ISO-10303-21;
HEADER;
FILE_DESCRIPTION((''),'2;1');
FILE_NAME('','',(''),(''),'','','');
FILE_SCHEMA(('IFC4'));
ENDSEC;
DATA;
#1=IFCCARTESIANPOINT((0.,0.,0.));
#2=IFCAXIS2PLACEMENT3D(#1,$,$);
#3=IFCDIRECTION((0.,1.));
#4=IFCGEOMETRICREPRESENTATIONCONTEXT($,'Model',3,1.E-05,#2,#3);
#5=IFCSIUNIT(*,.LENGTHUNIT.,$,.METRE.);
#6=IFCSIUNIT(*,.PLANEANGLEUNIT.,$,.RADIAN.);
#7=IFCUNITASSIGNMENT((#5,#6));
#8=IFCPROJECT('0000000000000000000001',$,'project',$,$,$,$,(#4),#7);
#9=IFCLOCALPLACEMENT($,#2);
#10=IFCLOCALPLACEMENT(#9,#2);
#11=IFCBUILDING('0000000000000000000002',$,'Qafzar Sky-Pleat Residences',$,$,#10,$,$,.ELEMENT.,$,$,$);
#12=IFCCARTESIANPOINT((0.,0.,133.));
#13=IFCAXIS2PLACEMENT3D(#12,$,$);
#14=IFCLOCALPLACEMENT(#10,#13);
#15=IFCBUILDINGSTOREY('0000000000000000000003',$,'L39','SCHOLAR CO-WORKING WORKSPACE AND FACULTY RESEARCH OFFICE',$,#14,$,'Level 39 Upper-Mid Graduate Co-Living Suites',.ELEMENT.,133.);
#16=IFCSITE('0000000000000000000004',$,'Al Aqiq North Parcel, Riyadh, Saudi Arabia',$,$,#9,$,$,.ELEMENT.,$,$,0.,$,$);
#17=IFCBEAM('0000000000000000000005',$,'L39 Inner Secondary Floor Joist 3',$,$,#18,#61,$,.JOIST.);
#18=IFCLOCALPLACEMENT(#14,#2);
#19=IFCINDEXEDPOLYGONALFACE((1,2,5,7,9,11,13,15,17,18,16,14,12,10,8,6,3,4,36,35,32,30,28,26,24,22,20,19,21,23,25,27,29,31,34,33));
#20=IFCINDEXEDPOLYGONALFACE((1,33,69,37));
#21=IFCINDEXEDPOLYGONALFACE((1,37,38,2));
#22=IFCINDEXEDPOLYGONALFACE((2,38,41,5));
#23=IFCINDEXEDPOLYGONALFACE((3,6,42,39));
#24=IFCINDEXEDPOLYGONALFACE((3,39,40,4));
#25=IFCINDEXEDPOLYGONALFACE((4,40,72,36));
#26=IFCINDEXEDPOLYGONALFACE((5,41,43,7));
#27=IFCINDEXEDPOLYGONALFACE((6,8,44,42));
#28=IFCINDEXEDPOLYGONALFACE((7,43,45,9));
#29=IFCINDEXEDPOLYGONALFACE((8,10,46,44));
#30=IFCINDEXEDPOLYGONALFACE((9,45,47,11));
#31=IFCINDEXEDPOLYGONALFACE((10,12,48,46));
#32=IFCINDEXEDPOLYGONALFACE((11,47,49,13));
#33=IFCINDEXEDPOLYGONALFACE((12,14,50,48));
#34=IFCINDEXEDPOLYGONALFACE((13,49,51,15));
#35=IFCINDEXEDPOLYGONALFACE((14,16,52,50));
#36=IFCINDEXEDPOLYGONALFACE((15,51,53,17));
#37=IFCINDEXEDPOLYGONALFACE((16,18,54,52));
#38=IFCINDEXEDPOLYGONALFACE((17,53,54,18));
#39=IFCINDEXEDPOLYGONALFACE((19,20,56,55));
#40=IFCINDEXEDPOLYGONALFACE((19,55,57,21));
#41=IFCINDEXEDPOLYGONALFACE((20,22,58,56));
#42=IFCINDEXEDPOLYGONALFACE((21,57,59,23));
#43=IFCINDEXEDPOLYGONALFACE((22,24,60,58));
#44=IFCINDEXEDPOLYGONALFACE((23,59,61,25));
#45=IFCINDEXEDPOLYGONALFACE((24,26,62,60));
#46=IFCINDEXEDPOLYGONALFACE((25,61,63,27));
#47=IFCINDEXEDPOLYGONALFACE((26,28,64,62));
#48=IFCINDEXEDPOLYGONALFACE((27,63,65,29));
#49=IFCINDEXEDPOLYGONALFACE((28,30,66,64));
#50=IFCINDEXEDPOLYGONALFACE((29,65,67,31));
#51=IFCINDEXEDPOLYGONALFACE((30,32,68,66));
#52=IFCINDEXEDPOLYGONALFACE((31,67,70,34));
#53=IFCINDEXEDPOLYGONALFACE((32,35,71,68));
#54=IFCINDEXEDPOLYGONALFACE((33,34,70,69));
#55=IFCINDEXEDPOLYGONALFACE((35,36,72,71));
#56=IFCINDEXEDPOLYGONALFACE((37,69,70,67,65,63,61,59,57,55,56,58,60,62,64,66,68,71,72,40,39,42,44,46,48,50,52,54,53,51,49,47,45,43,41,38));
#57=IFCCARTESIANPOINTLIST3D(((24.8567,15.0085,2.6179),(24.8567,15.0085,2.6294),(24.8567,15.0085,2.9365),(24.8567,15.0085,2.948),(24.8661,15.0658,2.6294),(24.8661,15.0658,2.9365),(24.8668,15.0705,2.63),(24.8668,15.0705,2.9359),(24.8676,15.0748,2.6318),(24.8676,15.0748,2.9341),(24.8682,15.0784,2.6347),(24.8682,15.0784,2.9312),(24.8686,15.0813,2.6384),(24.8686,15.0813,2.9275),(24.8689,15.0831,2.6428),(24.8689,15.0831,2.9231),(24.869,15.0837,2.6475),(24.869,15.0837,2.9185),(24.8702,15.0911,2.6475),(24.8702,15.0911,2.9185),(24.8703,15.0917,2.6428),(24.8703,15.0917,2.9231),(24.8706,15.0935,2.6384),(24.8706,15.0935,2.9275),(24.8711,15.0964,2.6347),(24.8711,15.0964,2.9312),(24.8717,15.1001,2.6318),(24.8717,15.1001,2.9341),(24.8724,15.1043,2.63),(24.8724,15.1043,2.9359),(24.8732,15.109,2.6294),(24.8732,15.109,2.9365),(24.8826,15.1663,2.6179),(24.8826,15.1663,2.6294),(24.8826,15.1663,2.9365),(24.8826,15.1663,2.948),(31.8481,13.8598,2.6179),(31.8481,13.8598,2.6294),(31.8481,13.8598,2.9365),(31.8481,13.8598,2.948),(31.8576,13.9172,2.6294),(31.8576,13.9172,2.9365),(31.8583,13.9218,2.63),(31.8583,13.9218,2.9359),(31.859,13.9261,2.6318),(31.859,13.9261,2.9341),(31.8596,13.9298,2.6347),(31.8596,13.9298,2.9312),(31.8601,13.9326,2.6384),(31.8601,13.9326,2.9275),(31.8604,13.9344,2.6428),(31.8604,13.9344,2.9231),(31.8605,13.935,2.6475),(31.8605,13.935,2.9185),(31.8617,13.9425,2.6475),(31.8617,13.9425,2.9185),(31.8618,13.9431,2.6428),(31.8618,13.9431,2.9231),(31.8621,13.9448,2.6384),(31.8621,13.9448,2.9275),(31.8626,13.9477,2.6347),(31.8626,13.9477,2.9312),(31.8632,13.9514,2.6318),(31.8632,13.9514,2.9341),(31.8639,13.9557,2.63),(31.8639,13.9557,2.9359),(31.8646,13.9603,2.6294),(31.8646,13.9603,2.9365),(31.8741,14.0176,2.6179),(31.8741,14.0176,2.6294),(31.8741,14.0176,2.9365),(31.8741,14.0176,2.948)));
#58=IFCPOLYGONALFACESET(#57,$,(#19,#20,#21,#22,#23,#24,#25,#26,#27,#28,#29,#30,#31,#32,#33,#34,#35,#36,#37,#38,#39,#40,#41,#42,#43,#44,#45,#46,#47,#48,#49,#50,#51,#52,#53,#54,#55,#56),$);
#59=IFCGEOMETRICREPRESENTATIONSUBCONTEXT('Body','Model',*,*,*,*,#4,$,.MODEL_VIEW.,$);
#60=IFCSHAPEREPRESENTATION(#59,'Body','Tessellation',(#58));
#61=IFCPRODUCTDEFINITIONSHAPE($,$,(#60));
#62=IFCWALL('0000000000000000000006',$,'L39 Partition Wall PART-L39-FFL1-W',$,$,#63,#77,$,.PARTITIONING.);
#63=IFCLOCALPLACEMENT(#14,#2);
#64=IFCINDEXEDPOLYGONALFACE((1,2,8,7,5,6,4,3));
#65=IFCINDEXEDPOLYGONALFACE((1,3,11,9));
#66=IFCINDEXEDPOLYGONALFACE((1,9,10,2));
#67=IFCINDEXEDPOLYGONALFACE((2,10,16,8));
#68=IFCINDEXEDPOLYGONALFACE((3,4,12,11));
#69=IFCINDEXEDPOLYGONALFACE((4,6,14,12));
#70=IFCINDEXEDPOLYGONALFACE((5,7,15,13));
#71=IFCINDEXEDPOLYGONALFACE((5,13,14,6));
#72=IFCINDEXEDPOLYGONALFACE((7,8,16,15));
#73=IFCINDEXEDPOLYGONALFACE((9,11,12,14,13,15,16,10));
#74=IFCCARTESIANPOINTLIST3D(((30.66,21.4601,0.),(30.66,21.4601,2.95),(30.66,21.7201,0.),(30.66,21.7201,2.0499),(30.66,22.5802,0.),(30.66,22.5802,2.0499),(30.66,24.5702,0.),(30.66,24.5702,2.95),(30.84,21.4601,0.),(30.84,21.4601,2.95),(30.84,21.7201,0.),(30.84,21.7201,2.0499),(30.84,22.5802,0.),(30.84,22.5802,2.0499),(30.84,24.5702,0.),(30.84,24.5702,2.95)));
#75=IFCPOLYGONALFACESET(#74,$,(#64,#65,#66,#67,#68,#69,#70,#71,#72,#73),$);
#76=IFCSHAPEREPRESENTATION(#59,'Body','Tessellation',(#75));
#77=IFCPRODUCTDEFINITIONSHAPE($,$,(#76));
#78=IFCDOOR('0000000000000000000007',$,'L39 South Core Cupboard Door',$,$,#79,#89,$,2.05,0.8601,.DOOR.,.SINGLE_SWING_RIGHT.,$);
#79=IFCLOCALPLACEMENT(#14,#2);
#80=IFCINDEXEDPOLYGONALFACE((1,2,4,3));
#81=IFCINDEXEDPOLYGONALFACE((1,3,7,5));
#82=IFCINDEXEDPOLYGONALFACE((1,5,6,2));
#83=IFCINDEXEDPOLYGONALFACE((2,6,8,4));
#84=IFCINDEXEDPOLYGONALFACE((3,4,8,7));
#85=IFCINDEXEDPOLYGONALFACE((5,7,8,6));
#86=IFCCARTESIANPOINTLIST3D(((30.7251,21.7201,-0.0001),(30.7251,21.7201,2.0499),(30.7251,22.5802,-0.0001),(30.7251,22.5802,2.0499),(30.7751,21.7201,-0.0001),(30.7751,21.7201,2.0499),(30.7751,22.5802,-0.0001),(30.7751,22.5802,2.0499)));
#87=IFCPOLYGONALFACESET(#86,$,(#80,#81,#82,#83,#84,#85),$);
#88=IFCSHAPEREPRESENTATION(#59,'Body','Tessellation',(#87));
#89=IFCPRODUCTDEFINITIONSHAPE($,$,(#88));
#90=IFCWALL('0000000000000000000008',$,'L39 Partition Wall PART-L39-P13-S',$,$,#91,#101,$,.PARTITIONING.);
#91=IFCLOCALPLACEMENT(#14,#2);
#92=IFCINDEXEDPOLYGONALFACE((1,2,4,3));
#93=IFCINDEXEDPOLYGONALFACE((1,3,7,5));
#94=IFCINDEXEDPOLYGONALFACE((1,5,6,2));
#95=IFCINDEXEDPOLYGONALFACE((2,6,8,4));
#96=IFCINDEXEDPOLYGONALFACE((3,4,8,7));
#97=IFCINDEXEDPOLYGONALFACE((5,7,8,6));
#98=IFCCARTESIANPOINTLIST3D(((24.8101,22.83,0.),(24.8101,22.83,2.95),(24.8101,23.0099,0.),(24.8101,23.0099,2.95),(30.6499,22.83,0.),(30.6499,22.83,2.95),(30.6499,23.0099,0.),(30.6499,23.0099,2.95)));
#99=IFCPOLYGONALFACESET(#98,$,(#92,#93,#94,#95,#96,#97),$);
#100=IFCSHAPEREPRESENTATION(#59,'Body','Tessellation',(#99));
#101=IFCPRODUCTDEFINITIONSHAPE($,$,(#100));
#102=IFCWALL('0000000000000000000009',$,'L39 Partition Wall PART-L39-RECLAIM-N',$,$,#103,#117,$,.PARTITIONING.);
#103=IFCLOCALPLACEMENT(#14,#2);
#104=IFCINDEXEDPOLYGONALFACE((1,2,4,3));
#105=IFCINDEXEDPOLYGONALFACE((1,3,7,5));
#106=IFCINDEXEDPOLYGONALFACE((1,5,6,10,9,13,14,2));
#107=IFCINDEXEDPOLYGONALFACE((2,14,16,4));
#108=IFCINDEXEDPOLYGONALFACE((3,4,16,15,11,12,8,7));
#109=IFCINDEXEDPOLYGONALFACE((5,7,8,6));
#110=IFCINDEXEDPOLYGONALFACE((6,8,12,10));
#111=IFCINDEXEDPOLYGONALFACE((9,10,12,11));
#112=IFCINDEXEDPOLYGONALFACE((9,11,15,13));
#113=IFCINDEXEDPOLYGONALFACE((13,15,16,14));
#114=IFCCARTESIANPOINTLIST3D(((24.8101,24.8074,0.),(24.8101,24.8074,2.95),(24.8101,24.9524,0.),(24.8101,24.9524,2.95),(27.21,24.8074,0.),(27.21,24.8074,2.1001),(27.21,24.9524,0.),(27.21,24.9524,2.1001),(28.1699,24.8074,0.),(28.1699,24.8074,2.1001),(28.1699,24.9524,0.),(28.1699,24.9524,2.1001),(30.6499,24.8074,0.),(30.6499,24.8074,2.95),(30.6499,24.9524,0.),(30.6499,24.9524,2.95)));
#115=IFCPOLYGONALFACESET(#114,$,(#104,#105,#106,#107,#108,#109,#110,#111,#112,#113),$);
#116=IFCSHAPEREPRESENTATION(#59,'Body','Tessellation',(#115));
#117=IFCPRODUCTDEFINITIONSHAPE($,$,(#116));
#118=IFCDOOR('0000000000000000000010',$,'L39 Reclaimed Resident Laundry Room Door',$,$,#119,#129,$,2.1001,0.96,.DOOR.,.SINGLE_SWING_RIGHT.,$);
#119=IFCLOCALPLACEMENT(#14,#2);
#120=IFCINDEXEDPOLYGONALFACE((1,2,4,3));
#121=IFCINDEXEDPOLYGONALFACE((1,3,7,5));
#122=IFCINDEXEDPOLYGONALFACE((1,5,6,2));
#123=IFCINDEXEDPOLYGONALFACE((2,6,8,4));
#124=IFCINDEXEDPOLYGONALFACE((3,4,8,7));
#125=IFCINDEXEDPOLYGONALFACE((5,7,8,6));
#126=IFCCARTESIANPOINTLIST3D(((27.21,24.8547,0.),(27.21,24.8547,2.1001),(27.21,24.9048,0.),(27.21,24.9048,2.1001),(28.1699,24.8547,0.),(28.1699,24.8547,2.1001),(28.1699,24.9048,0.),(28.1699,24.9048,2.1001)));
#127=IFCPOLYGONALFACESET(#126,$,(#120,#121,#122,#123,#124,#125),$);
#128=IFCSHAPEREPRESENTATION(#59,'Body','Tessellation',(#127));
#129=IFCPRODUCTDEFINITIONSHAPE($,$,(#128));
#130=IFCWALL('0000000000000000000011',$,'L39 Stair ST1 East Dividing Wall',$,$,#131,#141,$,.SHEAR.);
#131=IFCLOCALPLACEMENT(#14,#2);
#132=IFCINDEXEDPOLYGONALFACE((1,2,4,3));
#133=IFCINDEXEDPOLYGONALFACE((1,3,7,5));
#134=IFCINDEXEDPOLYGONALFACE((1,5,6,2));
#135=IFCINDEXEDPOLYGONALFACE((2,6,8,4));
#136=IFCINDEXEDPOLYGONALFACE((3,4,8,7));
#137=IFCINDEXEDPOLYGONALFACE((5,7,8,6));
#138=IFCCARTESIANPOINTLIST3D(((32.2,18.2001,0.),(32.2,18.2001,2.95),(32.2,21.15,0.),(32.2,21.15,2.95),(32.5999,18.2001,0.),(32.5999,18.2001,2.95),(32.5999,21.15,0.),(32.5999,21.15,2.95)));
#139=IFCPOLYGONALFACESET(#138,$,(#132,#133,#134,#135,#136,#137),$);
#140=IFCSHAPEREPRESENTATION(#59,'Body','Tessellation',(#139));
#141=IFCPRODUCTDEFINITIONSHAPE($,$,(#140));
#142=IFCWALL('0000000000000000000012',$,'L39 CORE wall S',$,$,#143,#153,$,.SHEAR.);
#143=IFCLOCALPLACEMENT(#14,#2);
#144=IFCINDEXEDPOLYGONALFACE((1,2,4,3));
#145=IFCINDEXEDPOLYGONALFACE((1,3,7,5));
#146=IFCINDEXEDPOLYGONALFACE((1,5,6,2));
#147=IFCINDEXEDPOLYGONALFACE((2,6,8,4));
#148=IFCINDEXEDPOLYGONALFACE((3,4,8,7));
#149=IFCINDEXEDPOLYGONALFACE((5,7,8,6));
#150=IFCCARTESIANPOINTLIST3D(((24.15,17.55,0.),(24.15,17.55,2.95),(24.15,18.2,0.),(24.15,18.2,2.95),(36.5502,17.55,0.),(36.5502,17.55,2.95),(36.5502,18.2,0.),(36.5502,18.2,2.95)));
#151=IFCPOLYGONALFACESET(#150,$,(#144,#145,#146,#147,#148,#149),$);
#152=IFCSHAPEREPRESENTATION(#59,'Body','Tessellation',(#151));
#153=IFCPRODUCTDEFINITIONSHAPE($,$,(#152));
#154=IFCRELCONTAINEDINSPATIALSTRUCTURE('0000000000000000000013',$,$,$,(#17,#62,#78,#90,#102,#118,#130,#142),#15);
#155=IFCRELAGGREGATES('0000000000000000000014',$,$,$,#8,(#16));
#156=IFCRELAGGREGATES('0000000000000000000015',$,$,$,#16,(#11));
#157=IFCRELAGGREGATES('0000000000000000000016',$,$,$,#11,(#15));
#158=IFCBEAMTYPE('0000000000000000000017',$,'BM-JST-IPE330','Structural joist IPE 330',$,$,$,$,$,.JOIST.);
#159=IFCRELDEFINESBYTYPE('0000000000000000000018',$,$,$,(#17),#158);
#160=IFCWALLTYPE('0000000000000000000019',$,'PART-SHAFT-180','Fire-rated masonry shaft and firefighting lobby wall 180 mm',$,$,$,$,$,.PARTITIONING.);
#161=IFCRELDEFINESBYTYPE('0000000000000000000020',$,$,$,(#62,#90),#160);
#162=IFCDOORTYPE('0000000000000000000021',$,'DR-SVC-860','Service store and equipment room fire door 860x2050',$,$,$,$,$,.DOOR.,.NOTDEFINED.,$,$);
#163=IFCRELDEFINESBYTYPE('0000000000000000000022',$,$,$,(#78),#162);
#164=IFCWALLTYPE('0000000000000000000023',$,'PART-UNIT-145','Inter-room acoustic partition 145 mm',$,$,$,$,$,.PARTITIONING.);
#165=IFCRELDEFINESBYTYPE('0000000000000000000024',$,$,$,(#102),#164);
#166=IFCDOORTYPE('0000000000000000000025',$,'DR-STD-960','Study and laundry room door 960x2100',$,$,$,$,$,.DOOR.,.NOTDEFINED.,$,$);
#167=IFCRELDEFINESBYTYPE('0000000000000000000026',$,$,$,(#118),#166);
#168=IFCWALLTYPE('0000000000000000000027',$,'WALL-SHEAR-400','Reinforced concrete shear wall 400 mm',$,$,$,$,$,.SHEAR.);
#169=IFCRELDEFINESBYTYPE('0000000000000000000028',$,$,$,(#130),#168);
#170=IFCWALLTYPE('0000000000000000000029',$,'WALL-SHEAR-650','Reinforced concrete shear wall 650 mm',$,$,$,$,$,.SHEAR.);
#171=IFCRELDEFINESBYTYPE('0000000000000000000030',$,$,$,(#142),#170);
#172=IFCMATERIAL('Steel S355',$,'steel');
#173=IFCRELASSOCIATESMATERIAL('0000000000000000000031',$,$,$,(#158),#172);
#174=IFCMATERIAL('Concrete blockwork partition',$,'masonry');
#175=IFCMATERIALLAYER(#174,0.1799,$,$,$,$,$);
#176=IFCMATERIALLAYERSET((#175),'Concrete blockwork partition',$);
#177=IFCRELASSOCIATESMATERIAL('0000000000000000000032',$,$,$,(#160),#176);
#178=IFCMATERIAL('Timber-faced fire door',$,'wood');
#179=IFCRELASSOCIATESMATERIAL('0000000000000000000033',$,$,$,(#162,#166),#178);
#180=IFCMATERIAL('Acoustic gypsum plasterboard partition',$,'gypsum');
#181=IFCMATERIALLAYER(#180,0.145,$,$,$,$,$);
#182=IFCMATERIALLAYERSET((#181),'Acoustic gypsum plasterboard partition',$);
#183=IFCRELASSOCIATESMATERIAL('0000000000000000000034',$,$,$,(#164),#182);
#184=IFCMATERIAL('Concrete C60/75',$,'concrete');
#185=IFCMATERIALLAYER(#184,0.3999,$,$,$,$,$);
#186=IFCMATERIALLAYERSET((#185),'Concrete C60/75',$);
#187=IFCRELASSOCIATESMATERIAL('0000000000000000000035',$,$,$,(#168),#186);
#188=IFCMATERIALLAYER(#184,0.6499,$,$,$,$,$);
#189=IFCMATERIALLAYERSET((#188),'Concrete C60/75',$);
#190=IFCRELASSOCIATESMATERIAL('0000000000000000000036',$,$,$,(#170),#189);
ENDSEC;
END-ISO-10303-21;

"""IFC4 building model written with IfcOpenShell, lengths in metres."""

from ifc_helpers import new_model, si_unit, direction, frame, frame_2d, origin, origin_2d, place, context, subcontext, project, spatial, rectangle, i_section, extrude, source, transform, mapped, material, layer, layer_set, material_profile, profile_set, type_object, element, fill, save


model = new_model("IFC4")

# Units and contexts
model_context = context("Model", 3, precision=1e-05, world=origin(), true_north=direction((0.0, 1.0)))
body_context = subcontext(model_context, "Body", "Model", "MODEL_VIEW")
ifc_project = project(units=[si_unit("LENGTHUNIT", "METRE"), si_unit("PLANEANGLEUNIT", "RADIAN")], contexts=[model_context])

# Site, building, storey
site_placement = place(None, origin())
site = spatial("IfcSite", under=ifc_project, at=site_placement, Name="Al Aqiq North Parcel, Riyadh, Saudi Arabia", CompositionType="ELEMENT", RefElevation=0.0)
building_placement = place(site_placement, origin())
building = spatial("IfcBuilding", under=site, at=building_placement, Name="Qafzar Sky-Pleat Residences", CompositionType="ELEMENT")
storey_placement = place(building_placement, frame((0.0, 0.0, 133.0)))
storey = spatial("IfcBuildingStorey", under=building, at=storey_placement, Name="L39", Description="SCHOLAR CO-WORKING WORKSPACE AND FACULTY RESEARCH OFFICE", LongName="Level 39 Upper-Mid Graduate Co-Living Suites", CompositionType="ELEMENT", Elevation=133.0)

# Beam
ifc_material_1 = material(Name="Steel S355", Category="steel")
ifc_material_profile = material_profile(ifc_material_1, i_section(OverallWidth=0.1599, OverallDepth=0.3301, WebThickness=0.0076, FlangeThickness=0.0115, FilletRadius=0.0181, at=origin_2d()), Name="IPE 330")
ifc_profile_set = profile_set([ifc_material_profile], Name="Steel S355")
beam_type = type_object("IfcBeamType", Name="BM-JST-IPE330", Description="Structural joist IPE 330", PredefinedType="JOIST", material=ifc_profile_set)
shared_shape_1 = source(origin(), body_context, "Body", "SweptSolid", [
    extrude(i_section(OverallWidth=0.1599, OverallDepth=0.3301, WebThickness=0.0076, FlangeThickness=0.0115, FilletRadius=0.0181, at=origin_2d()), origin(), (0.0, 0.0, 1.0), 7.0852),
])
beam_placement = place(storey_placement, frame((24.8696, 15.0874, 2.783), z_axis=(0.98677, -0.162124, 0.0), x_axis=(0.162124, 0.98677, 0.0)))
element("IfcBeam", 1, at=beam_placement, inside=storey, type_object=beam_type, Name="L39 Inner Secondary Floor Joist 3", PredefinedType="JOIST", context=body_context, shape_type="MappedRepresentation", body=[
    mapped(shared_shape_1, transform((0.0, 0.0, 0.0), x_axis=(1.0, 0.0, 0.0), y_axis=(0.0, 1.0, 0.0), z_axis=(0.0, 0.0, 1.0), scale=1.0)),
])

# Wall, opening, door
ifc_material_2 = material(Name="Concrete blockwork partition", Category="masonry")
ifc_layer_1 = layer(ifc_material_2, 0.1799)
ifc_layer_set_1 = layer_set([ifc_layer_1], Name="Concrete blockwork partition")
wall_type_1 = type_object("IfcWallType", Name="PART-SHAFT-180", Description="Fire-rated masonry shaft and firefighting lobby wall 180 mm", PredefinedType="PARTITIONING", material=ifc_layer_set_1)
wall_1_placement = place(storey_placement, frame((30.75, 21.46, 0.0), z_axis=(0.0, 0.0, 1.0), x_axis=(0.0, 1.0, 0.0)))
wall_1 = element("IfcWall", 2, at=wall_1_placement, inside=storey, type_object=wall_type_1, Name="L39 Partition Wall PART-L39-FFL1-W", PredefinedType="PARTITIONING", context=body_context, shape_type="SweptSolid", body=[
    extrude(rectangle(XDim=3.1101, YDim=0.1799, at=frame_2d((1.5552, 0.0))), origin(), (0.0, 0.0, 1.0), 2.95),
])
opening_1_placement = place(wall_1_placement, frame((0.26, 0.0, 0.0)))
opening_1 = element("IfcOpeningElement", 3, at=opening_1_placement, cuts=wall_1, PredefinedType="OPENING", context=body_context, shape_type="SweptSolid", body=[
    extrude(rectangle(XDim=0.8601, YDim=2.05, at=frame_2d((0.4302, 1.0249))), frame((0.0, 0.1001, 0.0), z_axis=(0.0, -1.0, 0.0), x_axis=(1.0, 0.0, 0.0)), (0.0, 0.0, 1.0), 0.2),
])
ifc_material_3 = material(Name="Timber-faced fire door", Category="wood")
door_type_1 = type_object("IfcDoorType", Name="DR-SVC-860", Description="Service store and equipment room fire door 860x2050", OperationType="NOTDEFINED", PredefinedType="DOOR", material=ifc_material_3)
shared_shape_2 = source(origin(), body_context, "Body", "SweptSolid", [
    extrude(rectangle(XDim=0.8601, YDim=2.05, at=frame_2d((0.4302, 1.0249))), frame((0.0, 0.0249, 0.0), z_axis=(0.0, -1.0, 0.0), x_axis=(1.0, 0.0, 0.0)), (0.0, 0.0, 1.0), 0.05),
])
door_1_placement = place(opening_1_placement, origin())
door_1 = element("IfcDoor", 4, at=door_1_placement, inside=storey, type_object=door_type_1, Name="L39 South Core Cupboard Door", OperationType="SINGLE_SWING_RIGHT", OverallHeight=2.05, OverallWidth=0.8601, PredefinedType="DOOR", context=body_context, shape_type="MappedRepresentation", body=[
    mapped(shared_shape_2, transform((0.0, 0.0, 0.0), x_axis=(1.0, 0.0, 0.0), y_axis=(0.0, 1.0, 0.0), z_axis=(0.0, 0.0, 1.0), scale=1.0)),
])
fill(opening_1, door_1)

# Wall
wall_2_placement = place(storey_placement, frame((24.8101, 22.9199, 0.0), z_axis=(0.0, 0.0, 1.0), x_axis=(1.0, 0.0, 0.0)))
element("IfcWall", 5, at=wall_2_placement, inside=storey, type_object=wall_type_1, Name="L39 Partition Wall PART-L39-P13-S", PredefinedType="PARTITIONING", context=body_context, shape_type="SweptSolid", body=[
    extrude(rectangle(XDim=5.8398, YDim=0.1799, at=frame_2d((2.9199, 0.0))), origin(), (0.0, 0.0, 1.0), 2.95),
])

# Wall, opening, door
ifc_material_4 = material(Name="Acoustic gypsum plasterboard partition", Category="gypsum")
ifc_layer_2 = layer(ifc_material_4, 0.145)
ifc_layer_set_2 = layer_set([ifc_layer_2], Name="Acoustic gypsum plasterboard partition")
wall_type_2 = type_object("IfcWallType", Name="PART-UNIT-145", Description="Inter-room acoustic partition 145 mm", PredefinedType="PARTITIONING", material=ifc_layer_set_2)
wall_3_placement = place(storey_placement, frame((24.8101, 24.8799, 0.0), z_axis=(0.0, 0.0, 1.0), x_axis=(1.0, 0.0, 0.0)))
wall_3 = element("IfcWall", 6, at=wall_3_placement, inside=storey, type_object=wall_type_2, Name="L39 Partition Wall PART-L39-RECLAIM-N", PredefinedType="PARTITIONING", context=body_context, shape_type="SweptSolid", body=[
    extrude(rectangle(XDim=5.8398, YDim=0.145, at=frame_2d((2.9199, 0.0))), origin(), (0.0, 0.0, 1.0), 2.95),
])
opening_2_placement = place(wall_3_placement, frame((2.3999, 0.0, 0.0)))
opening_2 = element("IfcOpeningElement", 7, at=opening_2_placement, cuts=wall_3, PredefinedType="OPENING", context=body_context, shape_type="SweptSolid", body=[
    extrude(rectangle(XDim=0.96, YDim=2.1001, at=frame_2d((0.48, 1.05))), frame((0.0, 0.0825, 0.0), z_axis=(0.0, -1.0, 0.0), x_axis=(1.0, 0.0, 0.0)), (0.0, 0.0, 1.0), 0.165),
])
door_type_2 = type_object("IfcDoorType", Name="DR-STD-960", Description="Study and laundry room door 960x2100", OperationType="NOTDEFINED", PredefinedType="DOOR", material=ifc_material_3)
shared_shape_3 = source(origin(), body_context, "Body", "SweptSolid", [
    extrude(rectangle(XDim=0.96, YDim=2.1001, at=frame_2d((0.48, 1.05))), frame((0.0, 0.0249, 0.0), z_axis=(0.0, -1.0, 0.0), x_axis=(1.0, 0.0, 0.0)), (0.0, 0.0, 1.0), 0.05),
])
door_2_placement = place(opening_2_placement, origin())
door_2 = element("IfcDoor", 8, at=door_2_placement, inside=storey, type_object=door_type_2, Name="L39 Reclaimed Resident Laundry Room Door", OperationType="SINGLE_SWING_RIGHT", OverallHeight=2.1001, OverallWidth=0.96, PredefinedType="DOOR", context=body_context, shape_type="MappedRepresentation", body=[
    mapped(shared_shape_3, transform((0.0, 0.0, 0.0), x_axis=(1.0, 0.0, 0.0), y_axis=(0.0, 1.0, 0.0), z_axis=(0.0, 0.0, 1.0), scale=1.0)),
])
fill(opening_2, door_2)

# Shared definitions
ifc_material_5 = material(Name="Concrete C60/75", Category="concrete")

# Walls
ifc_layer_3 = layer(ifc_material_5, 0.3999)
ifc_layer_set_3 = layer_set([ifc_layer_3], Name="Concrete C60/75")
wall_type_3 = type_object("IfcWallType", Name="WALL-SHEAR-400", Description="Reinforced concrete shear wall 400 mm", PredefinedType="SHEAR", material=ifc_layer_set_3)
wall_4_placement = place(storey_placement, frame((32.3999, 18.2, 0.0), z_axis=(0.0, 0.0, 1.0), x_axis=(0.0, 1.0, 0.0)))
element("IfcWall", 9, at=wall_4_placement, inside=storey, type_object=wall_type_3, Name="L39 Stair ST1 East Dividing Wall", PredefinedType="SHEAR", context=body_context, shape_type="SweptSolid", body=[
    extrude(rectangle(XDim=2.95, YDim=0.3999, at=frame_2d((1.4751, 0.0))), origin(), (0.0, 0.0, 1.0), 2.95),
])
ifc_layer_4 = layer(ifc_material_5, 0.6499)
ifc_layer_set_4 = layer_set([ifc_layer_4], Name="Concrete C60/75")
wall_type_4 = type_object("IfcWallType", Name="WALL-SHEAR-650", Description="Reinforced concrete shear wall 650 mm", PredefinedType="SHEAR", material=ifc_layer_set_4)
wall_5_placement = place(storey_placement, frame((24.1499, 17.875, 0.0), z_axis=(0.0, 0.0, 1.0), x_axis=(1.0, 0.0, 0.0)))
element("IfcWall", 10, at=wall_5_placement, inside=storey, type_object=wall_type_4, Name="L39 CORE wall S", PredefinedType="SHEAR", context=body_context, shape_type="SweptSolid", body=[
    extrude(rectangle(XDim=12.4001, YDim=0.6499, at=frame_2d((6.2002, 0.0))), origin(), (0.0, 0.0, 1.0), 2.95),
])

save(model, "model.ifc")
